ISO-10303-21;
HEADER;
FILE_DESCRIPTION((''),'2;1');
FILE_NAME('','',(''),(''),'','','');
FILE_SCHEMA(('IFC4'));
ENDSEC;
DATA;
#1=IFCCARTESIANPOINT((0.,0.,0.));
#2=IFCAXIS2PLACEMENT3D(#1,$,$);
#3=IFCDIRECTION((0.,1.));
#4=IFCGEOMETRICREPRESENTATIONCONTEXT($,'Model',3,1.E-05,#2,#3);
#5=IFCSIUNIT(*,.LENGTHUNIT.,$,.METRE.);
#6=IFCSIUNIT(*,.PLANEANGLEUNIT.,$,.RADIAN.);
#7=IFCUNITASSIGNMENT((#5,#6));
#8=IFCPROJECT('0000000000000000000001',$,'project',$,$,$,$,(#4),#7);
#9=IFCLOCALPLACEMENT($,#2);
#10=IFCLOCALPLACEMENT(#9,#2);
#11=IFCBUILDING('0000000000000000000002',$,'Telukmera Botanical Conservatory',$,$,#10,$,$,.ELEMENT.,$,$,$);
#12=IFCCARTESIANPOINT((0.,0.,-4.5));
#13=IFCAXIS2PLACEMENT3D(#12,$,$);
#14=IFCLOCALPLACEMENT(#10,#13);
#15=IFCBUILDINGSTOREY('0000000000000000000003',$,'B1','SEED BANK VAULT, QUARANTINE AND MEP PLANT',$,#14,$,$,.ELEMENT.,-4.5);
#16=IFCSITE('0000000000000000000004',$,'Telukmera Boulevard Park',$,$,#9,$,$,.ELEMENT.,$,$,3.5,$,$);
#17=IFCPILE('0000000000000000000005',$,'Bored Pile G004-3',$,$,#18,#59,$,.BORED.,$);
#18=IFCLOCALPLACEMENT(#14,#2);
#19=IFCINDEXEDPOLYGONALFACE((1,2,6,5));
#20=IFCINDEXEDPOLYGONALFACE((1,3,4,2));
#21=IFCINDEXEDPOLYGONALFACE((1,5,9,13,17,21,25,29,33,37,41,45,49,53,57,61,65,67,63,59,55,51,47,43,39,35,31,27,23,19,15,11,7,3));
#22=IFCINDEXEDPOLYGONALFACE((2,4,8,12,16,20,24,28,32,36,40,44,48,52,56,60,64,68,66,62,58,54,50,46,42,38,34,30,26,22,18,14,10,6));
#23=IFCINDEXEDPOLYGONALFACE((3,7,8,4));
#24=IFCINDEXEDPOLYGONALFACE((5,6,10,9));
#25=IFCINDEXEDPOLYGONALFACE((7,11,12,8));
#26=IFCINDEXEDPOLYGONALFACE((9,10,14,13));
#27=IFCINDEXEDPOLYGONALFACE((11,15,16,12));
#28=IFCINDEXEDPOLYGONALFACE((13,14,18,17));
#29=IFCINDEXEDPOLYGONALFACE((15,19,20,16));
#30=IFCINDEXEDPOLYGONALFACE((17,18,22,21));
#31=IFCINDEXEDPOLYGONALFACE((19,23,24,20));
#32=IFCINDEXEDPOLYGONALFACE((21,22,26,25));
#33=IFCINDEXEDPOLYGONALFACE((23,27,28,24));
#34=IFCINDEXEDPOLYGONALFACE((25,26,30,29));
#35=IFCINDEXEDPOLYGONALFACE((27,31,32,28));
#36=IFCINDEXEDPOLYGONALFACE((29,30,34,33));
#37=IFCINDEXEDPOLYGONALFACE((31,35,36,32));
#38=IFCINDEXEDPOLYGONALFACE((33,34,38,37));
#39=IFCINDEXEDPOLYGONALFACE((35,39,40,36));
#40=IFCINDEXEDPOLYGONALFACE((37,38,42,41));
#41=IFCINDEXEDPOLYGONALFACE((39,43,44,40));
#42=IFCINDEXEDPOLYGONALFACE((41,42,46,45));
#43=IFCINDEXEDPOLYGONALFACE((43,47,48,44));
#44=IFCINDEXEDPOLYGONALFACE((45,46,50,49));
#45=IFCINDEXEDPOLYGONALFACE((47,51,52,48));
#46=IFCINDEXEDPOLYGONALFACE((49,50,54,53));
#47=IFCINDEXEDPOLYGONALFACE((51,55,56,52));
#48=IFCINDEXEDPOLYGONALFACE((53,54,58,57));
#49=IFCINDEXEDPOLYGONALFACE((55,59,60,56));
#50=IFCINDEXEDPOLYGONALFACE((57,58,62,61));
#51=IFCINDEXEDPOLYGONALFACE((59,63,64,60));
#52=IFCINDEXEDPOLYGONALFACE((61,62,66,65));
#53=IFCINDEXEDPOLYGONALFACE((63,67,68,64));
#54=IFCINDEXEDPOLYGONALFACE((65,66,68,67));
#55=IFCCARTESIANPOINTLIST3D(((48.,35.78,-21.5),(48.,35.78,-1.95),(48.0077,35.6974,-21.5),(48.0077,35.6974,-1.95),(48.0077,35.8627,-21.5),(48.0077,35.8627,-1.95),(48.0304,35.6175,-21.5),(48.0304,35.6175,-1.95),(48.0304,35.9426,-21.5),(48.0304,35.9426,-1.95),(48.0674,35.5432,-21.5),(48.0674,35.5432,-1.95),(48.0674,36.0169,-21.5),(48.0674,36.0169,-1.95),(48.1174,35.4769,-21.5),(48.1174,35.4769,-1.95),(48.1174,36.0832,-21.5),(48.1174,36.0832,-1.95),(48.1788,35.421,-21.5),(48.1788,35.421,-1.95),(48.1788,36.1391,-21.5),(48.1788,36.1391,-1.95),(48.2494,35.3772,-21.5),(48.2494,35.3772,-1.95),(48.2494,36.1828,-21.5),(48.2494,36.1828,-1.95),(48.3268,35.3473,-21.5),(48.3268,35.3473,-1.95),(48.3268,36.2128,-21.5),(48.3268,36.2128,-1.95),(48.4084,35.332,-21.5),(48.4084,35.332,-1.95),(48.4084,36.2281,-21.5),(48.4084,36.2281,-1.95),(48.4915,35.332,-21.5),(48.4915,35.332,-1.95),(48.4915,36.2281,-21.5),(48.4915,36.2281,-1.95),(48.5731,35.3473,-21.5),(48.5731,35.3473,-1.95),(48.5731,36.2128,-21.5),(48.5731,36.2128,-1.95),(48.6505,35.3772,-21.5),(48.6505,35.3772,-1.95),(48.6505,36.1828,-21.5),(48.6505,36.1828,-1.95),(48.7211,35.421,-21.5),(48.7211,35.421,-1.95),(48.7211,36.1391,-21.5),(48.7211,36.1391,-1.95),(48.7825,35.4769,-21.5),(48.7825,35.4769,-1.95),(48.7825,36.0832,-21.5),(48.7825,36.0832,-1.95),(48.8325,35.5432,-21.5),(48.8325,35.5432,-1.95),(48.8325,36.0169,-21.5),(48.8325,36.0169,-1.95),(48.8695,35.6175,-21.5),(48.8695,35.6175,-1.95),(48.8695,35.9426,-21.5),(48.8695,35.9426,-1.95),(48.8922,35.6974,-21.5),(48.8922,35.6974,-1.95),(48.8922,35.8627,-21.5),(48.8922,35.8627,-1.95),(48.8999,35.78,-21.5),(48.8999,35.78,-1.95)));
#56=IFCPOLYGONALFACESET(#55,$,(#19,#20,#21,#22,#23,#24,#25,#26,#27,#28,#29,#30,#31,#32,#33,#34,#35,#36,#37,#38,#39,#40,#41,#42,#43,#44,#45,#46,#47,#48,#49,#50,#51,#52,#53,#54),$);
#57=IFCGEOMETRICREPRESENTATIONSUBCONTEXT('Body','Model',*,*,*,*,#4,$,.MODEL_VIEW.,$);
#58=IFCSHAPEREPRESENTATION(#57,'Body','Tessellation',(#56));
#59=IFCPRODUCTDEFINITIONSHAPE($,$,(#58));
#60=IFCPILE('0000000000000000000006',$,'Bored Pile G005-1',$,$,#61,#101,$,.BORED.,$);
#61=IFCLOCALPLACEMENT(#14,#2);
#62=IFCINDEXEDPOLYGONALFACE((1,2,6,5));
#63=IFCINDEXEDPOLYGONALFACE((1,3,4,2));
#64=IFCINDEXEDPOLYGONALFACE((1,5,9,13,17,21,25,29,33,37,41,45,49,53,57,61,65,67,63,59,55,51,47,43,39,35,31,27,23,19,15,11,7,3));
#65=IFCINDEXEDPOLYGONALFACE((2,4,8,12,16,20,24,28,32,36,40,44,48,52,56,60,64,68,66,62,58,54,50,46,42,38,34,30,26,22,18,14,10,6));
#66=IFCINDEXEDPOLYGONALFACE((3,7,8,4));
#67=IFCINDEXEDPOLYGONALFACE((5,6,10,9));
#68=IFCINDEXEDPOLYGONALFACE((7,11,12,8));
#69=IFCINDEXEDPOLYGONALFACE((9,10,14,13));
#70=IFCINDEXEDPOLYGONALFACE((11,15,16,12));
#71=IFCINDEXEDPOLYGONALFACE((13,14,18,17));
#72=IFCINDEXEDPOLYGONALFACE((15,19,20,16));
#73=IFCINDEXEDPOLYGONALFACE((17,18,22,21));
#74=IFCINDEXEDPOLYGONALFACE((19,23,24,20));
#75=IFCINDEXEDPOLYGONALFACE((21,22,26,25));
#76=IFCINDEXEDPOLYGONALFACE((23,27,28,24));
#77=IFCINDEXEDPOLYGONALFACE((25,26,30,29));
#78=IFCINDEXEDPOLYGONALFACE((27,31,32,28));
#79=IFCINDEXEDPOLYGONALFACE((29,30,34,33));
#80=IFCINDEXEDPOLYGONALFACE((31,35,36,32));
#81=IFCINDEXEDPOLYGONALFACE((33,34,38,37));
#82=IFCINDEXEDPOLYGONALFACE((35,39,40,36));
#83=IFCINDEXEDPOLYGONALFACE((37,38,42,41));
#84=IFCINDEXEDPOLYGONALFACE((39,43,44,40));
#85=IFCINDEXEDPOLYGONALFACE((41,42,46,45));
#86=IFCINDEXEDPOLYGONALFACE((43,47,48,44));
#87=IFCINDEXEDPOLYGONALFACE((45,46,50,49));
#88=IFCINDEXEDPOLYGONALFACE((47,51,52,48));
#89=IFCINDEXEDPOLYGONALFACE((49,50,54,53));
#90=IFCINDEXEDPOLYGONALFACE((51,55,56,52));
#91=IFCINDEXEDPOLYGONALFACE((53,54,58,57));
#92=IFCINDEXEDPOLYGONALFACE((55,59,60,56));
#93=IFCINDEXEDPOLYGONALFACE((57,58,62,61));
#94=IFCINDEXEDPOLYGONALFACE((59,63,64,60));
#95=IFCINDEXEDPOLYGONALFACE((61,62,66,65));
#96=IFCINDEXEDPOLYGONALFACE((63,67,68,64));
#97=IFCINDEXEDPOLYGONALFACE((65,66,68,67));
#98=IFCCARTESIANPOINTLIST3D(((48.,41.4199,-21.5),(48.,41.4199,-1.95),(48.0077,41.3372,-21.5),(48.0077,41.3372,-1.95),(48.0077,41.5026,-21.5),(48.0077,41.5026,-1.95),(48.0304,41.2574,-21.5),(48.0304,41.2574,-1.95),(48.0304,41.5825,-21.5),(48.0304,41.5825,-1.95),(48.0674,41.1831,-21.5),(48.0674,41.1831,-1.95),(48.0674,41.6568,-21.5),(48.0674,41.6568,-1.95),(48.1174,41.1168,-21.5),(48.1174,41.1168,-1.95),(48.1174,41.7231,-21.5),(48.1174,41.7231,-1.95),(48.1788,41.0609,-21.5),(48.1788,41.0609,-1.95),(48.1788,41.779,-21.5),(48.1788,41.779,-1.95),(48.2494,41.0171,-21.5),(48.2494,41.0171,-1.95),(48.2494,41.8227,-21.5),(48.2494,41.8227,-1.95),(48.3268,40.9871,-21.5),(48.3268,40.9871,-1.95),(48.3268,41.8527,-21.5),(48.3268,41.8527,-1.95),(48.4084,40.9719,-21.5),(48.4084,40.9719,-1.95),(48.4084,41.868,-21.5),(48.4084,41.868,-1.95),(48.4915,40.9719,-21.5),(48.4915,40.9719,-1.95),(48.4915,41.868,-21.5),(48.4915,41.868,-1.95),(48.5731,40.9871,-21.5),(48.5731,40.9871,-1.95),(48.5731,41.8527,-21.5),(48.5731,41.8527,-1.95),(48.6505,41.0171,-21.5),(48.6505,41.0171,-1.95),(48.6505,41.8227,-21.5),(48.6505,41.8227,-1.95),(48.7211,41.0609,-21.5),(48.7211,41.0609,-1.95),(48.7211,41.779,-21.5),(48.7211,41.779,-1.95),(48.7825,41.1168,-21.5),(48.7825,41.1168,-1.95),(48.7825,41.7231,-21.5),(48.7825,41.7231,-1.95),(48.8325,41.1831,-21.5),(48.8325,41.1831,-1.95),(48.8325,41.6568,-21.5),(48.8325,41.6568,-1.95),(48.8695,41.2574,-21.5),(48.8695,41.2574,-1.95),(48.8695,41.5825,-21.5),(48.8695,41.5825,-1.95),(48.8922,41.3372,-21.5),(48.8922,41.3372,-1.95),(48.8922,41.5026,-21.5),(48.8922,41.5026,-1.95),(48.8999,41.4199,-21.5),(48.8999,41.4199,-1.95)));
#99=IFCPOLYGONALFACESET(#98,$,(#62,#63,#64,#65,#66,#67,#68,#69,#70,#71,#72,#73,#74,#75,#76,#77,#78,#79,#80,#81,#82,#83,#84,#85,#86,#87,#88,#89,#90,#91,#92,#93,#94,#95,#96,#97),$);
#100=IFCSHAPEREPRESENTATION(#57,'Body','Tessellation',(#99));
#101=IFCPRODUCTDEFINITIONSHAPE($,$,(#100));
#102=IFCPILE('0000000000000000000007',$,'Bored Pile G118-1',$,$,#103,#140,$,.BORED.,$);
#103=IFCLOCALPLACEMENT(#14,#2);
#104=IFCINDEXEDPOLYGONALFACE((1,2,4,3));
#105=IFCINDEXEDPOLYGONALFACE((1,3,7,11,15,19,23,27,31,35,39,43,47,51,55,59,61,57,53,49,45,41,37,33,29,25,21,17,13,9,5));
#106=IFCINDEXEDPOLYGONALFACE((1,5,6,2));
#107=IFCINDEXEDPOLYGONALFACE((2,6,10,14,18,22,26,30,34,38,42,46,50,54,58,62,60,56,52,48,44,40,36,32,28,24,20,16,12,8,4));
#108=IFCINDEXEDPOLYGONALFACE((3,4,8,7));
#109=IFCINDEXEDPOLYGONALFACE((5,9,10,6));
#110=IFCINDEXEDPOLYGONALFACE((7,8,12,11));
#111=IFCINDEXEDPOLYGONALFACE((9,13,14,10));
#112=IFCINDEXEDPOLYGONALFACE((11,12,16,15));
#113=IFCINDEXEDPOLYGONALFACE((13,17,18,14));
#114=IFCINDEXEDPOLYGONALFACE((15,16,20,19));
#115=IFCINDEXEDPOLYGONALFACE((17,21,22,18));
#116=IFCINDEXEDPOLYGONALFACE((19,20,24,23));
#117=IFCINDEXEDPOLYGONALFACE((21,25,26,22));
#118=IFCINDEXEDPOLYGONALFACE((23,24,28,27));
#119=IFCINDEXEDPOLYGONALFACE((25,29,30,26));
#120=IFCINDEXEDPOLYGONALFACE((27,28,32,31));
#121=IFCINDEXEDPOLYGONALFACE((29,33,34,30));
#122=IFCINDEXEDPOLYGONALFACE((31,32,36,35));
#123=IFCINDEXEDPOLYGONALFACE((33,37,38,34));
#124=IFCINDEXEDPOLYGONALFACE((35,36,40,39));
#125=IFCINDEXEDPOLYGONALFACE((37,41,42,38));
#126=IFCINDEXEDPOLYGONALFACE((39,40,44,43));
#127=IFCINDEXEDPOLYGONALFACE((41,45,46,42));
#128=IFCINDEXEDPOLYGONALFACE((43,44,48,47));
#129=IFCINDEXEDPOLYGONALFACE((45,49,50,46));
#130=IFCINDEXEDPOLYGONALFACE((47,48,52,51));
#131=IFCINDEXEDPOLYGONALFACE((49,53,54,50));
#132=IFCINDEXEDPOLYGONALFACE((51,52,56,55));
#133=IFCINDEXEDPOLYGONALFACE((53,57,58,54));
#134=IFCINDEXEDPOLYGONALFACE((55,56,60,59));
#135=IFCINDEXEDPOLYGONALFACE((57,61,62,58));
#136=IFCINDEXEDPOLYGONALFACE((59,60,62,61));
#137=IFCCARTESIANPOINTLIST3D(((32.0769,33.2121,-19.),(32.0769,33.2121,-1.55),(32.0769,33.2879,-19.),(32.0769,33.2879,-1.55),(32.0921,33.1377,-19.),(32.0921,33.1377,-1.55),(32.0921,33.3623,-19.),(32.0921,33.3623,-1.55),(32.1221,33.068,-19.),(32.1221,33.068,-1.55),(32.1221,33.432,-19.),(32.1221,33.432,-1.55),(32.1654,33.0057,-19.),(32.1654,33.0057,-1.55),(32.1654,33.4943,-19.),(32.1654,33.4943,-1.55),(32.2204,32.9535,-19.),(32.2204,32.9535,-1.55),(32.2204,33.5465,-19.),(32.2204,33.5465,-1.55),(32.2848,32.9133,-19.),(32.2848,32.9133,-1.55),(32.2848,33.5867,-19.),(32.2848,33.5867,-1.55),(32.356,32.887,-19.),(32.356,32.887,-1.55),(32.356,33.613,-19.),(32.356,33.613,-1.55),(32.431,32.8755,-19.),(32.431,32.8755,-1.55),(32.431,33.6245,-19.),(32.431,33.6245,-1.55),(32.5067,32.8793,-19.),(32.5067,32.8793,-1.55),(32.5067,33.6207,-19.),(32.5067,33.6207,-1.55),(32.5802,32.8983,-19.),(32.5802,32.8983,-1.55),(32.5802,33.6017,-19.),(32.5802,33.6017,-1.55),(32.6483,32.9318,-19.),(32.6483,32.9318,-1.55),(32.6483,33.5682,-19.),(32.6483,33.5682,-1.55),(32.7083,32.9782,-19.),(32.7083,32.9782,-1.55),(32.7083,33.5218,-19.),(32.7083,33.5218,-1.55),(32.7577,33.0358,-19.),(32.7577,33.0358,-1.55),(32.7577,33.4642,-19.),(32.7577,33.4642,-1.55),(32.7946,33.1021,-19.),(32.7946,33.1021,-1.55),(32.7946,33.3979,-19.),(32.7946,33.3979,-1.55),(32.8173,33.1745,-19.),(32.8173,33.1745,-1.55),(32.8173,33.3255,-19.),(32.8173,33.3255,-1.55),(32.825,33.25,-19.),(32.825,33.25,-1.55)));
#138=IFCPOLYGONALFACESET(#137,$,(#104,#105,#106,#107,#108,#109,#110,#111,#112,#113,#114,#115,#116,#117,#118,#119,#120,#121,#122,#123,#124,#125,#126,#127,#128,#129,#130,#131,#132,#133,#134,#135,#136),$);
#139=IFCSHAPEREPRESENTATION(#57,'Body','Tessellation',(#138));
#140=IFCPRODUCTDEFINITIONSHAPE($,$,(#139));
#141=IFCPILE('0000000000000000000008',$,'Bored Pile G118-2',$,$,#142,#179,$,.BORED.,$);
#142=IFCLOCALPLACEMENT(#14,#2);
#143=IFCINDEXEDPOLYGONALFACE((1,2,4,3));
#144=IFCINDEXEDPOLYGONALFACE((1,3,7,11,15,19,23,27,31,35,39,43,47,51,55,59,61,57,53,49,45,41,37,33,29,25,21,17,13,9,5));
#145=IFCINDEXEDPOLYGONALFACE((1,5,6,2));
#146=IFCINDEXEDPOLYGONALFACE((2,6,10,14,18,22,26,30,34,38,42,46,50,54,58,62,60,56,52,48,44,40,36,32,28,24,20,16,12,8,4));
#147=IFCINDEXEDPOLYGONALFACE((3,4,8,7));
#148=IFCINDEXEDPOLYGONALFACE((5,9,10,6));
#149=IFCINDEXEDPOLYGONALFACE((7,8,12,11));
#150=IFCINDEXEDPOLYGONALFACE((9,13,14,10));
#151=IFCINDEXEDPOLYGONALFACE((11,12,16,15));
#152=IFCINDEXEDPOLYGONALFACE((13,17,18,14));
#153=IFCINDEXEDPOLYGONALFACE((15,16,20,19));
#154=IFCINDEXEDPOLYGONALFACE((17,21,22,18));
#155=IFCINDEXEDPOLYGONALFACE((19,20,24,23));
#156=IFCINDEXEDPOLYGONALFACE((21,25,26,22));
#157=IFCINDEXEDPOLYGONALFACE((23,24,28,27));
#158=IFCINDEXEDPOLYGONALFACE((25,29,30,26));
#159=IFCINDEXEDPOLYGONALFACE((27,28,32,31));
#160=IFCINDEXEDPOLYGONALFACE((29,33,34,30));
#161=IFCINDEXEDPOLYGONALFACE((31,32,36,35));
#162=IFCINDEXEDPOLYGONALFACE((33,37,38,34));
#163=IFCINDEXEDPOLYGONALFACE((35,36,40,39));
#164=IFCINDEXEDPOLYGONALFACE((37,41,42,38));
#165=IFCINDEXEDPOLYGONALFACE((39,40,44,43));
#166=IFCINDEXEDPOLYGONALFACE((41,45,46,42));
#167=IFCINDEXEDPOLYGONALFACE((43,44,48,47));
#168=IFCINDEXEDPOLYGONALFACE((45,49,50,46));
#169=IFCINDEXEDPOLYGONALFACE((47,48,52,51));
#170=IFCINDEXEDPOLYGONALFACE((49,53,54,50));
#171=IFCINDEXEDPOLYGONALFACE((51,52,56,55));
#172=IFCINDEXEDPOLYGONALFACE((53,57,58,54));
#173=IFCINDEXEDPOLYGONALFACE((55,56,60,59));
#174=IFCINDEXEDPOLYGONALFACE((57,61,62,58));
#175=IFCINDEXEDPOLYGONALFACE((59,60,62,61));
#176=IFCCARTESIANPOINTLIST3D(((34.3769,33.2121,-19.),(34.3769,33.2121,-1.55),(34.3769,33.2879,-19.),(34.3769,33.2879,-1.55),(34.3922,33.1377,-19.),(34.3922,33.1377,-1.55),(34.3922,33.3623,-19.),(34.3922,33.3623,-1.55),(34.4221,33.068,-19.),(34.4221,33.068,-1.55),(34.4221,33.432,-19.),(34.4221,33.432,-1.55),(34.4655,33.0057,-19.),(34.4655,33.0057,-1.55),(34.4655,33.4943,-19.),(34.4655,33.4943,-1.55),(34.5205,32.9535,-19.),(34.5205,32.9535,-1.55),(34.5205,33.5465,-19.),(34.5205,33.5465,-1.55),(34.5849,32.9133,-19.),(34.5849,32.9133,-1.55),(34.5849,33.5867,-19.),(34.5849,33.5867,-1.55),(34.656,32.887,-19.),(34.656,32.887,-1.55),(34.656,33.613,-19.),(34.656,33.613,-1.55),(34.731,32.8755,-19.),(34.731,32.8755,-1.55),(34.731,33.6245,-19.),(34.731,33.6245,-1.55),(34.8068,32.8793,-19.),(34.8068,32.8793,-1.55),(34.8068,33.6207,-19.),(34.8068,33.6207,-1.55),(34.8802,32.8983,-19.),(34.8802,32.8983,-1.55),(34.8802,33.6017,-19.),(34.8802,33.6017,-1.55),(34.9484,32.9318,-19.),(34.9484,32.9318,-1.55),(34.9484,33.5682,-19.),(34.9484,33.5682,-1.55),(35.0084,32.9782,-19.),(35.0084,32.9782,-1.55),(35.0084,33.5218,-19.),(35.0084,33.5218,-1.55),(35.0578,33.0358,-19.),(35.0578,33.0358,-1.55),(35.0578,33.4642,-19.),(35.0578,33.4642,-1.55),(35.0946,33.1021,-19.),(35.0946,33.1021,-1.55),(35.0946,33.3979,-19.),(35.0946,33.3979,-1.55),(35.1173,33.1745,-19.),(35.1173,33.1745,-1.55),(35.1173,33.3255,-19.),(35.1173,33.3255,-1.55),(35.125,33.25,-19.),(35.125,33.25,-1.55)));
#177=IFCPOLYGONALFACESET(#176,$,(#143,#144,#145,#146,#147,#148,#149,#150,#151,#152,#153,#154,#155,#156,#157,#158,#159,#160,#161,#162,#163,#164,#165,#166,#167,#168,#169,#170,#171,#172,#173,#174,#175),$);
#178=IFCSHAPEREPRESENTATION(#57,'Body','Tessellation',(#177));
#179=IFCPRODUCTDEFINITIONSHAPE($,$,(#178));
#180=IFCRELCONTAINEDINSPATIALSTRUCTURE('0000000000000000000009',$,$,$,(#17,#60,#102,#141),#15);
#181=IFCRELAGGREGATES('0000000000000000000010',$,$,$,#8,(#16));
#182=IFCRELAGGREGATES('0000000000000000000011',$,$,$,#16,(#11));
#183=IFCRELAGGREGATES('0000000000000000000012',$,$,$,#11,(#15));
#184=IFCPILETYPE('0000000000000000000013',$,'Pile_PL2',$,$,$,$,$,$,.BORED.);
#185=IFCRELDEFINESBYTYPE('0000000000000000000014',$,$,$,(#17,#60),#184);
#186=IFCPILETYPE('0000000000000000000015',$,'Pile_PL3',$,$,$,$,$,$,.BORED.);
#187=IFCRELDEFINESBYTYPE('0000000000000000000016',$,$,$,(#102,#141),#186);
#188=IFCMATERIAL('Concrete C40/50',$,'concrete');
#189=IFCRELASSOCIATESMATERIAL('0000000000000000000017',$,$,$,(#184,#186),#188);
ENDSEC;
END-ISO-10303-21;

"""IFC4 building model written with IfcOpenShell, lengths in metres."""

from ifc_helpers import new_model, si_unit, direction, frame, origin, origin_2d, place, context, subcontext, project, spatial, circle, extrude, material, material_profile, profile_set, type_object, element, save


model = new_model("IFC4")

# Units and contexts
model_context = context("Model", 3, precision=1e-05, world=origin(), true_north=direction((0.0, 1.0)))
body_context = subcontext(model_context, "Body", "Model", "MODEL_VIEW")
ifc_project = project(units=[si_unit("LENGTHUNIT", "METRE"), si_unit("PLANEANGLEUNIT", "RADIAN")], contexts=[model_context])

# Site, building, storey
site_placement = place(None, origin())
site = spatial("IfcSite", under=ifc_project, at=site_placement, Name="Telukmera Boulevard Park", CompositionType="ELEMENT", RefElevation=3.5)
building_placement = place(site_placement, origin())
building = spatial("IfcBuilding", under=site, at=building_placement, Name="Telukmera Botanical Conservatory", CompositionType="ELEMENT")
storey_placement = place(building_placement, frame((0.0, 0.0, -4.5)))
storey = spatial("IfcBuildingStorey", under=building, at=storey_placement, Name="B1", Description="SEED BANK VAULT, QUARANTINE AND MEP PLANT", CompositionType="ELEMENT", Elevation=-4.5)

# Shared definitions
ifc_material_1 = material(Name="Concrete C40/50", Category="concrete")

# Piles
ifc_material_profile_1 = material_profile(ifc_material_1, circle(Radius=0.45, at=origin_2d()), Name="PILE D900")
ifc_profile_set_1 = profile_set([ifc_material_profile_1], Name="Concrete C40/50")
pile_type_1 = type_object("IfcPileType", Name="Pile_PL2", PredefinedType="BORED", material=ifc_profile_set_1)
for number, where, z_axis, x_axis, name in (
    (1, (48.45, 35.78, -1.95), (0.0, 0.0, -1.0), (1.0, 0.0, 0.0), "Bored Pile G004-3"),
    (2, (48.45, 41.4199, -1.95), (0.0, 0.0, -1.0), (1.0, 0.0, 0.0), "Bored Pile G005-1"),
):
    element("IfcPile", number, at=place(storey_placement, frame(where, z_axis=z_axis, x_axis=x_axis)), inside=storey, type_object=pile_type_1, Name=name, PredefinedType="BORED", context=body_context, shape_type="SweptSolid", body=[
        extrude(circle(Radius=0.45, at=origin_2d()), origin(), (0.0, 0.0, 1.0), 19.55),
    ])
ifc_material_profile_2 = material_profile(ifc_material_1, circle(Radius=0.375, at=origin_2d()), Name="PILE D750")
ifc_profile_set_2 = profile_set([ifc_material_profile_2], Name="Concrete C40/50")
pile_type_2 = type_object("IfcPileType", Name="Pile_PL3", PredefinedType="BORED", material=ifc_profile_set_2)
for number, where, z_axis, x_axis, name in (
    (3, (32.45, 33.25, -1.55), (0.0, 0.0, -1.0), (1.0, 0.0, 0.0), "Bored Pile G118-1"),
    (4, (34.75, 33.25, -1.55), (0.0, 0.0, -1.0), (1.0, 0.0, 0.0), "Bored Pile G118-2"),
):
    element("IfcPile", number, at=place(storey_placement, frame(where, z_axis=z_axis, x_axis=x_axis)), inside=storey, type_object=pile_type_2, Name=name, PredefinedType="BORED", context=body_context, shape_type="SweptSolid", body=[
        extrude(circle(Radius=0.375, at=origin_2d()), origin(), (0.0, 0.0, 1.0), 17.45),
    ])

save(model, "model.ifc")
